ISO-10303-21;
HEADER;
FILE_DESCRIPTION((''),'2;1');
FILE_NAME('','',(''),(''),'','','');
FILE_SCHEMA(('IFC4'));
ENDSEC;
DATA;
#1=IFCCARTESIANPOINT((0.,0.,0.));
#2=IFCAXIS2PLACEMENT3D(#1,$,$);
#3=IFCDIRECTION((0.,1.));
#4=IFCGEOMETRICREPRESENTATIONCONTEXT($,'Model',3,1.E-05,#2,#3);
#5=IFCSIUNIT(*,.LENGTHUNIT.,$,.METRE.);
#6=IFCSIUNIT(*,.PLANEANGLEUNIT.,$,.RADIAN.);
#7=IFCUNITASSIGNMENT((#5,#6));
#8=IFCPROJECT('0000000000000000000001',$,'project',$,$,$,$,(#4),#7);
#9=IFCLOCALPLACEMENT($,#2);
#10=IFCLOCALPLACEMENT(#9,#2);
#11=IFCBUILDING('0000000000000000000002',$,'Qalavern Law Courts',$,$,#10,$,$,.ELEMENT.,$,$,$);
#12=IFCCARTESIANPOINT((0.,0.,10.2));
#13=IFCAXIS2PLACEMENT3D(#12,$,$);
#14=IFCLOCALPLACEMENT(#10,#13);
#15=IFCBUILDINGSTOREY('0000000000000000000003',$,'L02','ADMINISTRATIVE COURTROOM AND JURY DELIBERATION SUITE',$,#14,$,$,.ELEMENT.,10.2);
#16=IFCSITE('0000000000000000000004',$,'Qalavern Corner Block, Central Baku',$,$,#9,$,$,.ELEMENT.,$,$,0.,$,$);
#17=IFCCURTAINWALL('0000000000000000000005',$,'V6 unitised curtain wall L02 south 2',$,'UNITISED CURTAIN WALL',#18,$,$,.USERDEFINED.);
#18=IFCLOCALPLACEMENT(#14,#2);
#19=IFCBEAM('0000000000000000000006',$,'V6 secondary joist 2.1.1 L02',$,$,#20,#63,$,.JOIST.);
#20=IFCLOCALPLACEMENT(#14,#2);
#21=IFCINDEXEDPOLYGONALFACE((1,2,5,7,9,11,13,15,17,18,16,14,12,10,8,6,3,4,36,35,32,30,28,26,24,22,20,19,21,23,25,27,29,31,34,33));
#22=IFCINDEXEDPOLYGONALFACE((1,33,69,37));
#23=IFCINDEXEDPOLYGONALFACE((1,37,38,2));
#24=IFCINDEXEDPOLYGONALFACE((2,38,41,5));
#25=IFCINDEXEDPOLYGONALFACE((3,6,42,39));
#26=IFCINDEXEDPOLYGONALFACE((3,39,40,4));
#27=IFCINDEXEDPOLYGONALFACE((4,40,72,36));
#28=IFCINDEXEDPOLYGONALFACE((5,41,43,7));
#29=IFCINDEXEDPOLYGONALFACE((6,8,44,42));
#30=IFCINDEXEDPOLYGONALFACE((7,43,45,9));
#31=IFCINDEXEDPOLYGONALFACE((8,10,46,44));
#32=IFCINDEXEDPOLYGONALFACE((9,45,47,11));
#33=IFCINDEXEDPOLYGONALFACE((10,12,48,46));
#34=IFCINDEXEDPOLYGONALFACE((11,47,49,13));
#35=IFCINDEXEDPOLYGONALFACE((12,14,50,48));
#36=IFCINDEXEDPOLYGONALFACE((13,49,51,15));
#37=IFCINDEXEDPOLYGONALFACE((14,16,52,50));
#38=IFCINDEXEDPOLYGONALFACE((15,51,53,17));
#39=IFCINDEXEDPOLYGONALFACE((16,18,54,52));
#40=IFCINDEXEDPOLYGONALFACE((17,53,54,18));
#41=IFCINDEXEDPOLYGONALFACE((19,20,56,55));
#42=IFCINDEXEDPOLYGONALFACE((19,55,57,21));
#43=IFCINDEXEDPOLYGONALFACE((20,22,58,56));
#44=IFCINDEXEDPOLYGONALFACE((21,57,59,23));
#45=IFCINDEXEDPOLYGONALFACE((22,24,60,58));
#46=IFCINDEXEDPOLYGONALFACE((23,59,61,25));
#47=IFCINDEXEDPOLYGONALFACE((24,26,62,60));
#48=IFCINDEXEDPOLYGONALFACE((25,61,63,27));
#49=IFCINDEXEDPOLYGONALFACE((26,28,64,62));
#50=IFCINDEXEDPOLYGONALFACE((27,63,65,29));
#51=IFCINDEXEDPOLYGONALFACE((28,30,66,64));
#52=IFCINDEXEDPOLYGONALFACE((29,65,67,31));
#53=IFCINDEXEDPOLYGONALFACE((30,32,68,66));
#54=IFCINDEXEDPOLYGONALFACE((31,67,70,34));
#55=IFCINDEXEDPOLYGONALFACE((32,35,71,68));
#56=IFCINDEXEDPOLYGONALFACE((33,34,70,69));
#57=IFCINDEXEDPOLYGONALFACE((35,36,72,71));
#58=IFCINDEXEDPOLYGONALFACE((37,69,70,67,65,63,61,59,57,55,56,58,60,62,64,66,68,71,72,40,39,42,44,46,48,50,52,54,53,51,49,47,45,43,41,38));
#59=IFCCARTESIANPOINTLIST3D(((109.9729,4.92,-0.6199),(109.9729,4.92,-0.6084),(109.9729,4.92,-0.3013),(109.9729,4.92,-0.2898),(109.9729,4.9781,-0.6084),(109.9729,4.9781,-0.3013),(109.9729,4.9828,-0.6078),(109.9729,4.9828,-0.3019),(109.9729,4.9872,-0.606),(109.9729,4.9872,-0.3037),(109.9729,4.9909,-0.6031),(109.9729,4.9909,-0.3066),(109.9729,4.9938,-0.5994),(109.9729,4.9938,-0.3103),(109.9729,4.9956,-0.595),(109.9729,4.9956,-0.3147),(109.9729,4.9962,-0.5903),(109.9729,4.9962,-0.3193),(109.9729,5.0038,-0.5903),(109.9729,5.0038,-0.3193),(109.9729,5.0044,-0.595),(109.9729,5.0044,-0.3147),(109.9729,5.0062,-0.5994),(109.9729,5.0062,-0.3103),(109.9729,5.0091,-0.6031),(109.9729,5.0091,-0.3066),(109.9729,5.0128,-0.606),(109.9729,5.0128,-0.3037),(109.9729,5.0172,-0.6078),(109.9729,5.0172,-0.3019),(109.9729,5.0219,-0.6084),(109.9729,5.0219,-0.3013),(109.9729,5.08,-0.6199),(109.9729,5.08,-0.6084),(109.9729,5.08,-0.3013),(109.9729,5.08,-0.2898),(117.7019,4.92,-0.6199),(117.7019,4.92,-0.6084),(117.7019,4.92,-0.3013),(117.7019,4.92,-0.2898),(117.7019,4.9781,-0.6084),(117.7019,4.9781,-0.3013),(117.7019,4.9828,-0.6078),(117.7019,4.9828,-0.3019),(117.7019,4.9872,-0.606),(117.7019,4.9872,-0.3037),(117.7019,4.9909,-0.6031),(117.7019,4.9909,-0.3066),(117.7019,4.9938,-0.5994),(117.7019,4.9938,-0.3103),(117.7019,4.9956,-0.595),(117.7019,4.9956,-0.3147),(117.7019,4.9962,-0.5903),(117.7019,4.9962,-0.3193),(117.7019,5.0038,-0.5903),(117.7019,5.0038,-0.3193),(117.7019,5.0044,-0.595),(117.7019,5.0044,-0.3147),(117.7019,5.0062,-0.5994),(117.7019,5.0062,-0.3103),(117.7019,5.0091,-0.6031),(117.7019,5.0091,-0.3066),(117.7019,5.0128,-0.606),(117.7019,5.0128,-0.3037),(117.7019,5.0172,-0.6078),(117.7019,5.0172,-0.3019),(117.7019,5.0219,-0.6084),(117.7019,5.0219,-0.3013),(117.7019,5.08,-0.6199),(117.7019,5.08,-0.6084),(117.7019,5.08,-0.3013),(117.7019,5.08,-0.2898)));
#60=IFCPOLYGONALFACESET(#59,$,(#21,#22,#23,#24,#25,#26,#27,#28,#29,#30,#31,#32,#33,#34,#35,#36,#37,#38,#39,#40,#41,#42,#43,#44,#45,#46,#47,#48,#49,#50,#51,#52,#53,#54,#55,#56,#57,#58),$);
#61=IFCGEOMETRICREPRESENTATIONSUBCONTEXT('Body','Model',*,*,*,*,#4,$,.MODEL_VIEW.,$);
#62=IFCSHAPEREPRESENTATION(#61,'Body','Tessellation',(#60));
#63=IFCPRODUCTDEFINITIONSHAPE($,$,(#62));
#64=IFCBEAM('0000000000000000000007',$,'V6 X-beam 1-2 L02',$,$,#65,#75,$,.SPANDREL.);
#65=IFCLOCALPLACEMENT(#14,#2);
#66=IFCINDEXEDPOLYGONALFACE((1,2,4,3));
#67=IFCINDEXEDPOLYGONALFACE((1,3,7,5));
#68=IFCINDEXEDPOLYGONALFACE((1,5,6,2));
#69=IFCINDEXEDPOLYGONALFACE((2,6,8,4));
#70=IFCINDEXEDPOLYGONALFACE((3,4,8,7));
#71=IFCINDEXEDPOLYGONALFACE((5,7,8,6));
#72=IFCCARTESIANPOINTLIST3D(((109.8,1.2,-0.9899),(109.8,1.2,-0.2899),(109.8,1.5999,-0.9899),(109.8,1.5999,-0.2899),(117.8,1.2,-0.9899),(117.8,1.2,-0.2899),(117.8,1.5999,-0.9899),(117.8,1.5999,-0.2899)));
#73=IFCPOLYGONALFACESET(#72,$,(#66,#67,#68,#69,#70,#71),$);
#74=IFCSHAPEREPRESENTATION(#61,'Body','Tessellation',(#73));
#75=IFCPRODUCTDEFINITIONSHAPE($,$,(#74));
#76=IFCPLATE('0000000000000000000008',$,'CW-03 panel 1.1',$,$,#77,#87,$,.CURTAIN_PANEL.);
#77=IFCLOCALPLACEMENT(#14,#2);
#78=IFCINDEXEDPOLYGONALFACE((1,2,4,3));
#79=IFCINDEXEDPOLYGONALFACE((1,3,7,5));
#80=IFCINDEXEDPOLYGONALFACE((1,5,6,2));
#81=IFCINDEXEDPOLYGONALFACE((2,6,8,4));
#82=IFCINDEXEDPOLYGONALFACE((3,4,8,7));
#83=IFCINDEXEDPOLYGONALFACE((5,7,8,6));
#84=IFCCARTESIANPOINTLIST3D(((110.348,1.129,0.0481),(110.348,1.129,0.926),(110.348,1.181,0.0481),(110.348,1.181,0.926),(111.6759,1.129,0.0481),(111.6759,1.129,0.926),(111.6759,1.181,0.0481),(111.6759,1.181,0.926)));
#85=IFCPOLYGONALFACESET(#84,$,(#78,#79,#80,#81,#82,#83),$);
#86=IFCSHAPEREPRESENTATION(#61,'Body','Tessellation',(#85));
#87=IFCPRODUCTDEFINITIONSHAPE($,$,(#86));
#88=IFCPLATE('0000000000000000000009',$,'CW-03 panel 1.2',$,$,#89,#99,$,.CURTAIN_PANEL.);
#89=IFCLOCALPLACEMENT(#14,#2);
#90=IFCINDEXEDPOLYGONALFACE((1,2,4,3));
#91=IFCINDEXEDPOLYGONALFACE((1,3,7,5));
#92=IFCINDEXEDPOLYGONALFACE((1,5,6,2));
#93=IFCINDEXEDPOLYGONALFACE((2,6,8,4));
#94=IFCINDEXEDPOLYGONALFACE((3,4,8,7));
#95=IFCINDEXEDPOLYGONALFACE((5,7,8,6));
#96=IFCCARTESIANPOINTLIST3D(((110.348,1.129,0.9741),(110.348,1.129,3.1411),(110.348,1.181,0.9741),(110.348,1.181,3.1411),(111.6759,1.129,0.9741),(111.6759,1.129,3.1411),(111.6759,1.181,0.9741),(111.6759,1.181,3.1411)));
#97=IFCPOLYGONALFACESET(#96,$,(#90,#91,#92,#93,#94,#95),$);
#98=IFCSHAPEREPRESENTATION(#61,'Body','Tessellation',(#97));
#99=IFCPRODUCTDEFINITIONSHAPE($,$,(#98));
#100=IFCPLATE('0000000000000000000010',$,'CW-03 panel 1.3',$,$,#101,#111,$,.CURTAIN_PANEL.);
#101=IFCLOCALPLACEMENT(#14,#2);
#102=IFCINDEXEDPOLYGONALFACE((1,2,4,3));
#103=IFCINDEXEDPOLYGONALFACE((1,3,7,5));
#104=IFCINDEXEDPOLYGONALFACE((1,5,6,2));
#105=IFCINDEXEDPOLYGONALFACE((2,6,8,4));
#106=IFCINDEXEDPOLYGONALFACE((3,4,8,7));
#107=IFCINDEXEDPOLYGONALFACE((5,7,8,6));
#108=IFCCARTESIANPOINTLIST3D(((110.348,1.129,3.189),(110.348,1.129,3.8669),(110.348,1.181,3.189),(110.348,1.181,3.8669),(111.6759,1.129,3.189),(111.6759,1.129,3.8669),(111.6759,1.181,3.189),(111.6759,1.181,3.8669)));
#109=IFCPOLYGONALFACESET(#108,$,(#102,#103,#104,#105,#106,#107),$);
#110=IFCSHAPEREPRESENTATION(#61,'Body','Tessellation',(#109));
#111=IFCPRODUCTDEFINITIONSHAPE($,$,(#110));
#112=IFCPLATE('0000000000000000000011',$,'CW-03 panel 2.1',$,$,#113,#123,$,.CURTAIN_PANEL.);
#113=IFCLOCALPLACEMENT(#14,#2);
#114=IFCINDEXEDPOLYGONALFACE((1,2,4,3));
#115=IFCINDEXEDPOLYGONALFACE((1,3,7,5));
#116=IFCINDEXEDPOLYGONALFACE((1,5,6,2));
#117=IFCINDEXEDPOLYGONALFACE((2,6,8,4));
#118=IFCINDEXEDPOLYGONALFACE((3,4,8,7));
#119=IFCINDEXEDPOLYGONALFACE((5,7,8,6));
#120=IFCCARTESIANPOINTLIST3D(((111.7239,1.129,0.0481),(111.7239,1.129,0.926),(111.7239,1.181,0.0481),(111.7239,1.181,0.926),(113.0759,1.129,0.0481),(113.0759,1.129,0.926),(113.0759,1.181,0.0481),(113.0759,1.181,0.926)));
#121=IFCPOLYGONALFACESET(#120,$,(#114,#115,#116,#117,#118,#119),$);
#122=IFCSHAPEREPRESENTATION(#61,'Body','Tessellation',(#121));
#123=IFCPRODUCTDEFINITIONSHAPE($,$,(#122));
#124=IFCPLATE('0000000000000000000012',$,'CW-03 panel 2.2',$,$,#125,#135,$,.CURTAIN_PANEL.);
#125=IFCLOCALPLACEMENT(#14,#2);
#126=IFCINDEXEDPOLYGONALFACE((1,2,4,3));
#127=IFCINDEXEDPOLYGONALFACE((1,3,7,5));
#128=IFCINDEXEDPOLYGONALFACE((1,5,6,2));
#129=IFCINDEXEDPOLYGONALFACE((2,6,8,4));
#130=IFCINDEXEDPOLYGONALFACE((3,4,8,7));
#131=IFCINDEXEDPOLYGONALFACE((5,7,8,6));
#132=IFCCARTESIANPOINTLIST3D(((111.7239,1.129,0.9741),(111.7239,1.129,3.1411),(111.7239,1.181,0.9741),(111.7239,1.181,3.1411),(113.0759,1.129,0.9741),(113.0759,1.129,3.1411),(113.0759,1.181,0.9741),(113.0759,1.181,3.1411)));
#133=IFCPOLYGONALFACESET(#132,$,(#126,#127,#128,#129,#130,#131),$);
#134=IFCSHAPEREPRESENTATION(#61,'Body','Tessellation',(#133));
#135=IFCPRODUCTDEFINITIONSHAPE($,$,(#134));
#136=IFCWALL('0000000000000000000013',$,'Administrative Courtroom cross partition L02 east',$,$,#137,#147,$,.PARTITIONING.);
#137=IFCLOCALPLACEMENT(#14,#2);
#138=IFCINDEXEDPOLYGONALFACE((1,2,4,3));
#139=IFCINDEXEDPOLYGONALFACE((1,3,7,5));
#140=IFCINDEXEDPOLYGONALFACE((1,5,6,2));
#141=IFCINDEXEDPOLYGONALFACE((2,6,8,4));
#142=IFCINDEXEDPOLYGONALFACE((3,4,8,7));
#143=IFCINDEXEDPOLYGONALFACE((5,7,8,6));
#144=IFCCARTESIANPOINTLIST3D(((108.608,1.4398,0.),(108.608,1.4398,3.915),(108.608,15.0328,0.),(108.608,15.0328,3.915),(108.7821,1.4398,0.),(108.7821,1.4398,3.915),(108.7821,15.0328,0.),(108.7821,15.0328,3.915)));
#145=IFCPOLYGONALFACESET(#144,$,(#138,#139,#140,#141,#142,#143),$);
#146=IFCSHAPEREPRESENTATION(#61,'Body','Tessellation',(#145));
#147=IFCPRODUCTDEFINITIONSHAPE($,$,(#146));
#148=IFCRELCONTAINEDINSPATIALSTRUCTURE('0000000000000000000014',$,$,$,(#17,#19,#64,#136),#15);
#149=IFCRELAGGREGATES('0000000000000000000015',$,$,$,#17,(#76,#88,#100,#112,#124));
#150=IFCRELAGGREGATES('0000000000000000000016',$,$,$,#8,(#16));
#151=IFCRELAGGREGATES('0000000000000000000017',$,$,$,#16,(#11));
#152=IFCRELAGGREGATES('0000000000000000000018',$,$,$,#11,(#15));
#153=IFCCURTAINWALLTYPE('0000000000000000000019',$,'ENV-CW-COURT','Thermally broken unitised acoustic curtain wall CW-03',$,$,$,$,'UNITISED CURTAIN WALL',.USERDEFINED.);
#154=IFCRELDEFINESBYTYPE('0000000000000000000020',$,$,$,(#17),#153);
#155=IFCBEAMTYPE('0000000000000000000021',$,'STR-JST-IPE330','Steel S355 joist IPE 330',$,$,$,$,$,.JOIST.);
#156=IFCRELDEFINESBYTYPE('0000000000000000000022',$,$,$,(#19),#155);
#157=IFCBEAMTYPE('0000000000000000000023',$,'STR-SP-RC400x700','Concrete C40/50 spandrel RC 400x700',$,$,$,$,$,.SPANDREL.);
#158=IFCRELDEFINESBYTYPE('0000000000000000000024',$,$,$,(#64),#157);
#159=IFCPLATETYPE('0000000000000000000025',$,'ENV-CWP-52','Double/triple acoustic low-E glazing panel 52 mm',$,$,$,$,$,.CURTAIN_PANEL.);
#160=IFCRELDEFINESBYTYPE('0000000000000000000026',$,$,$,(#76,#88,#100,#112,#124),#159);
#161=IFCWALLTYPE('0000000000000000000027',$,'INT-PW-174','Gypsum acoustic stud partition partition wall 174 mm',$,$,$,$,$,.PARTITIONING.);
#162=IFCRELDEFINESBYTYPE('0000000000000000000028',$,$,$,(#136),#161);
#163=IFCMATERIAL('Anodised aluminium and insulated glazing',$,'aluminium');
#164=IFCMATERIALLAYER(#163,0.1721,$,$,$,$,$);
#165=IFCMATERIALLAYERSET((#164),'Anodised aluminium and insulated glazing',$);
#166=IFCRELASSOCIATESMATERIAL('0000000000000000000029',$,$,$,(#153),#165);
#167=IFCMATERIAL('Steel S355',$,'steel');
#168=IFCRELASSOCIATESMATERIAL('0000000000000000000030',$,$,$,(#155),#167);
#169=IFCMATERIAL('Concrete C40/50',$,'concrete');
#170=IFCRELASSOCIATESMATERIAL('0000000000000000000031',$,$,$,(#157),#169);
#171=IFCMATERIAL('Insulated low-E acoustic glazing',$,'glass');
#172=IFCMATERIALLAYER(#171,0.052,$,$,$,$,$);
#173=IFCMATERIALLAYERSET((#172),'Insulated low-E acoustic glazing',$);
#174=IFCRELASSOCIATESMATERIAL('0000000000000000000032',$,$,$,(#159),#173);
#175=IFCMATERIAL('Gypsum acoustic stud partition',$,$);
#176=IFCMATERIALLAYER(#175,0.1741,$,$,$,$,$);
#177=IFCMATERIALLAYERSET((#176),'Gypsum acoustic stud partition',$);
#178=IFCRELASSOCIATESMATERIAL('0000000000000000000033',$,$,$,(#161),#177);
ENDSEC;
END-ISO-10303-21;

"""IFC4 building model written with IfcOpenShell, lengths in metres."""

from ifc_helpers import new_model, si_unit, direction, frame, frame_2d, origin, origin_2d, place, context, subcontext, project, spatial, rectangle, i_section, extrude, material, layer, layer_set, material_profile, profile_set, type_object, element, aggregate, save


model = new_model("IFC4")

# Units and contexts
model_context = context("Model", 3, precision=1e-05, world=origin(), true_north=direction((0.0, 1.0)))
body_context = subcontext(model_context, "Body", "Model", "MODEL_VIEW")
ifc_project = project(units=[si_unit("LENGTHUNIT", "METRE"), si_unit("PLANEANGLEUNIT", "RADIAN")], contexts=[model_context])

# Site, building, storey
site_placement = place(None, origin())
site = spatial("IfcSite", under=ifc_project, at=site_placement, Name="Qalavern Corner Block, Central Baku", CompositionType="ELEMENT", RefElevation=0.0)
building_placement = place(site_placement, origin())
building = spatial("IfcBuilding", under=site, at=building_placement, Name="Qalavern Law Courts", CompositionType="ELEMENT")
storey_placement = place(building_placement, frame((0.0, 0.0, 10.2)))
storey = spatial("IfcBuildingStorey", under=building, at=storey_placement, Name="L02", Description="ADMINISTRATIVE COURTROOM AND JURY DELIBERATION SUITE", CompositionType="ELEMENT", Elevation=10.2)

# Curtain wall
ifc_material_1 = material(Name="Anodised aluminium and insulated glazing", Category="aluminium")
ifc_layer_1 = layer(ifc_material_1, 0.1721)
ifc_layer_set_1 = layer_set([ifc_layer_1], Name="Anodised aluminium and insulated glazing")
curtain_wall_type = type_object("IfcCurtainWallType", Name="ENV-CW-COURT", Description="Thermally broken unitised acoustic curtain wall CW-03", ElementType="UNITISED CURTAIN WALL", PredefinedType="USERDEFINED", material=ifc_layer_set_1)
curtain_wall_placement = place(storey_placement, origin())
curtain_wall = element("IfcCurtainWall", 1, at=curtain_wall_placement, inside=storey, type_object=curtain_wall_type, Name="V6 unitised curtain wall L02 south 2", ObjectType="UNITISED CURTAIN WALL", PredefinedType="USERDEFINED")

# Beams
ifc_material_2 = material(Name="Steel S355", Category="steel")
ifc_material_profile_1 = material_profile(ifc_material_2, i_section(OverallWidth=0.1599, OverallDepth=0.3301, WebThickness=0.0076, FlangeThickness=0.0115, FilletRadius=0.0181, at=origin_2d()), Name="IPE 330")
ifc_profile_set_1 = profile_set([ifc_material_profile_1], Name="Steel S355")
beam_type_1 = type_object("IfcBeamType", Name="STR-JST-IPE330", Description="Steel S355 joist IPE 330", PredefinedType="JOIST", material=ifc_profile_set_1)
beam_1_placement = place(storey_placement, frame((109.9729, 5.0, -0.4548), z_axis=(1.0, 0.0, 0.0), x_axis=(0.0, 1.0, 0.0)))
element("IfcBeam", 2, at=beam_1_placement, inside=storey, type_object=beam_type_1, Name="V6 secondary joist 2.1.1 L02", PredefinedType="JOIST", context=body_context, shape_type="SweptSolid", body=[
    extrude(i_section(OverallWidth=0.1599, OverallDepth=0.3301, WebThickness=0.0076, FlangeThickness=0.0115, FilletRadius=0.0181, at=origin_2d()), origin(), (0.0, 0.0, 1.0), 7.729),
])
ifc_material_3 = material(Name="Concrete C40/50", Category="concrete")
ifc_material_profile_2 = material_profile(ifc_material_3, rectangle(XDim=0.3999, YDim=0.7, at=origin_2d()), Name="RC 400x700")
ifc_profile_set_2 = profile_set([ifc_material_profile_2], Name="Concrete C40/50")
beam_type_2 = type_object("IfcBeamType", Name="STR-SP-RC400x700", Description="Concrete C40/50 spandrel RC 400x700", PredefinedType="SPANDREL", material=ifc_profile_set_2)
beam_2_placement = place(storey_placement, frame((109.8, 1.3999, -0.6399), z_axis=(1.0, 0.0, 0.0), x_axis=(0.0, 1.0, 0.0)))
element("IfcBeam", 3, at=beam_2_placement, inside=storey, type_object=beam_type_2, Name="V6 X-beam 1-2 L02", PredefinedType="SPANDREL", context=body_context, shape_type="SweptSolid", body=[
    extrude(rectangle(XDim=0.3999, YDim=0.7, at=origin_2d()), origin(), (0.0, 0.0, 1.0), 8.0),
])

# Plates
ifc_material_4 = material(Name="Insulated low-E acoustic glazing", Category="glass")
ifc_layer_2 = layer(ifc_material_4, 0.052)
ifc_layer_set_2 = layer_set([ifc_layer_2], Name="Insulated low-E acoustic glazing")
plate_type = type_object("IfcPlateType", Name="ENV-CWP-52", Description="Double/triple acoustic low-E glazing panel 52 mm", PredefinedType="CURTAIN_PANEL", material=ifc_layer_set_2)
plate_1_placement = place(storey_placement, frame((111.012, 1.155, 0.0481), z_axis=(0.0, 0.0, 1.0), x_axis=(1.0, 0.0, 0.0)))
plate_1 = element("IfcPlate", 4, at=plate_1_placement, type_object=plate_type, Name="CW-03 panel 1.1", PredefinedType="CURTAIN_PANEL", context=body_context, shape_type="SweptSolid", body=[
    extrude(rectangle(XDim=1.3279, YDim=0.052, at=origin_2d()), origin(), (0.0, 0.0, 1.0), 0.8779),
])
plate_2_placement = place(storey_placement, frame((111.012, 1.155, 0.9741), z_axis=(0.0, 0.0, 1.0), x_axis=(1.0, 0.0, 0.0)))
plate_2 = element("IfcPlate", 5, at=plate_2_placement, type_object=plate_type, Name="CW-03 panel 1.2", PredefinedType="CURTAIN_PANEL", context=body_context, shape_type="SweptSolid", body=[
    extrude(rectangle(XDim=1.3279, YDim=0.052, at=origin_2d()), origin(), (0.0, 0.0, 1.0), 2.167),
])
plate_3_placement = place(storey_placement, frame((111.012, 1.155, 3.189), z_axis=(0.0, 0.0, 1.0), x_axis=(1.0, 0.0, 0.0)))
plate_3 = element("IfcPlate", 6, at=plate_3_placement, type_object=plate_type, Name="CW-03 panel 1.3", PredefinedType="CURTAIN_PANEL", context=body_context, shape_type="SweptSolid", body=[
    extrude(rectangle(XDim=1.3279, YDim=0.052, at=origin_2d()), origin(), (0.0, 0.0, 1.0), 0.678),
])
plate_4_placement = place(storey_placement, frame((112.3999, 1.155, 0.0481), z_axis=(0.0, 0.0, 1.0), x_axis=(1.0, 0.0, 0.0)))
plate_4 = element("IfcPlate", 7, at=plate_4_placement, type_object=plate_type, Name="CW-03 panel 2.1", PredefinedType="CURTAIN_PANEL", context=body_context, shape_type="SweptSolid", body=[
    extrude(rectangle(XDim=1.3521, YDim=0.052, at=origin_2d()), origin(), (0.0, 0.0, 1.0), 0.8779),
])
plate_5_placement = place(storey_placement, frame((112.3999, 1.155, 0.9741), z_axis=(0.0, 0.0, 1.0), x_axis=(1.0, 0.0, 0.0)))
plate_5 = element("IfcPlate", 8, at=plate_5_placement, type_object=plate_type, Name="CW-03 panel 2.2", PredefinedType="CURTAIN_PANEL", context=body_context, shape_type="SweptSolid", body=[
    extrude(rectangle(XDim=1.3521, YDim=0.052, at=origin_2d()), origin(), (0.0, 0.0, 1.0), 2.167),
])
aggregate(curtain_wall, [plate_1, plate_2, plate_3, plate_4, plate_5])

# Wall
ifc_material_5 = material(Name="Gypsum acoustic stud partition")
ifc_layer_3 = layer(ifc_material_5, 0.1741)
ifc_layer_set_3 = layer_set([ifc_layer_3], Name="Gypsum acoustic stud partition")
wall_type = type_object("IfcWallType", Name="INT-PW-174", Description="Gypsum acoustic stud partition partition wall 174 mm", PredefinedType="PARTITIONING", material=ifc_layer_set_3)
wall_placement = place(storey_placement, frame((108.6951, 1.4399, 0.0), z_axis=(0.0, 0.0, 1.0), x_axis=(0.0, 1.0, 0.0)))
element("IfcWall", 9, at=wall_placement, inside=storey, type_object=wall_type, Name="Administrative Courtroom cross partition L02 east", PredefinedType="PARTITIONING", context=body_context, shape_type="SweptSolid", body=[
    extrude(rectangle(XDim=13.593, YDim=0.1741, at=frame_2d((6.7964, 0.0))), origin(), (0.0, 0.0, 1.0), 3.915),
])

save(model, "model.ifc")
